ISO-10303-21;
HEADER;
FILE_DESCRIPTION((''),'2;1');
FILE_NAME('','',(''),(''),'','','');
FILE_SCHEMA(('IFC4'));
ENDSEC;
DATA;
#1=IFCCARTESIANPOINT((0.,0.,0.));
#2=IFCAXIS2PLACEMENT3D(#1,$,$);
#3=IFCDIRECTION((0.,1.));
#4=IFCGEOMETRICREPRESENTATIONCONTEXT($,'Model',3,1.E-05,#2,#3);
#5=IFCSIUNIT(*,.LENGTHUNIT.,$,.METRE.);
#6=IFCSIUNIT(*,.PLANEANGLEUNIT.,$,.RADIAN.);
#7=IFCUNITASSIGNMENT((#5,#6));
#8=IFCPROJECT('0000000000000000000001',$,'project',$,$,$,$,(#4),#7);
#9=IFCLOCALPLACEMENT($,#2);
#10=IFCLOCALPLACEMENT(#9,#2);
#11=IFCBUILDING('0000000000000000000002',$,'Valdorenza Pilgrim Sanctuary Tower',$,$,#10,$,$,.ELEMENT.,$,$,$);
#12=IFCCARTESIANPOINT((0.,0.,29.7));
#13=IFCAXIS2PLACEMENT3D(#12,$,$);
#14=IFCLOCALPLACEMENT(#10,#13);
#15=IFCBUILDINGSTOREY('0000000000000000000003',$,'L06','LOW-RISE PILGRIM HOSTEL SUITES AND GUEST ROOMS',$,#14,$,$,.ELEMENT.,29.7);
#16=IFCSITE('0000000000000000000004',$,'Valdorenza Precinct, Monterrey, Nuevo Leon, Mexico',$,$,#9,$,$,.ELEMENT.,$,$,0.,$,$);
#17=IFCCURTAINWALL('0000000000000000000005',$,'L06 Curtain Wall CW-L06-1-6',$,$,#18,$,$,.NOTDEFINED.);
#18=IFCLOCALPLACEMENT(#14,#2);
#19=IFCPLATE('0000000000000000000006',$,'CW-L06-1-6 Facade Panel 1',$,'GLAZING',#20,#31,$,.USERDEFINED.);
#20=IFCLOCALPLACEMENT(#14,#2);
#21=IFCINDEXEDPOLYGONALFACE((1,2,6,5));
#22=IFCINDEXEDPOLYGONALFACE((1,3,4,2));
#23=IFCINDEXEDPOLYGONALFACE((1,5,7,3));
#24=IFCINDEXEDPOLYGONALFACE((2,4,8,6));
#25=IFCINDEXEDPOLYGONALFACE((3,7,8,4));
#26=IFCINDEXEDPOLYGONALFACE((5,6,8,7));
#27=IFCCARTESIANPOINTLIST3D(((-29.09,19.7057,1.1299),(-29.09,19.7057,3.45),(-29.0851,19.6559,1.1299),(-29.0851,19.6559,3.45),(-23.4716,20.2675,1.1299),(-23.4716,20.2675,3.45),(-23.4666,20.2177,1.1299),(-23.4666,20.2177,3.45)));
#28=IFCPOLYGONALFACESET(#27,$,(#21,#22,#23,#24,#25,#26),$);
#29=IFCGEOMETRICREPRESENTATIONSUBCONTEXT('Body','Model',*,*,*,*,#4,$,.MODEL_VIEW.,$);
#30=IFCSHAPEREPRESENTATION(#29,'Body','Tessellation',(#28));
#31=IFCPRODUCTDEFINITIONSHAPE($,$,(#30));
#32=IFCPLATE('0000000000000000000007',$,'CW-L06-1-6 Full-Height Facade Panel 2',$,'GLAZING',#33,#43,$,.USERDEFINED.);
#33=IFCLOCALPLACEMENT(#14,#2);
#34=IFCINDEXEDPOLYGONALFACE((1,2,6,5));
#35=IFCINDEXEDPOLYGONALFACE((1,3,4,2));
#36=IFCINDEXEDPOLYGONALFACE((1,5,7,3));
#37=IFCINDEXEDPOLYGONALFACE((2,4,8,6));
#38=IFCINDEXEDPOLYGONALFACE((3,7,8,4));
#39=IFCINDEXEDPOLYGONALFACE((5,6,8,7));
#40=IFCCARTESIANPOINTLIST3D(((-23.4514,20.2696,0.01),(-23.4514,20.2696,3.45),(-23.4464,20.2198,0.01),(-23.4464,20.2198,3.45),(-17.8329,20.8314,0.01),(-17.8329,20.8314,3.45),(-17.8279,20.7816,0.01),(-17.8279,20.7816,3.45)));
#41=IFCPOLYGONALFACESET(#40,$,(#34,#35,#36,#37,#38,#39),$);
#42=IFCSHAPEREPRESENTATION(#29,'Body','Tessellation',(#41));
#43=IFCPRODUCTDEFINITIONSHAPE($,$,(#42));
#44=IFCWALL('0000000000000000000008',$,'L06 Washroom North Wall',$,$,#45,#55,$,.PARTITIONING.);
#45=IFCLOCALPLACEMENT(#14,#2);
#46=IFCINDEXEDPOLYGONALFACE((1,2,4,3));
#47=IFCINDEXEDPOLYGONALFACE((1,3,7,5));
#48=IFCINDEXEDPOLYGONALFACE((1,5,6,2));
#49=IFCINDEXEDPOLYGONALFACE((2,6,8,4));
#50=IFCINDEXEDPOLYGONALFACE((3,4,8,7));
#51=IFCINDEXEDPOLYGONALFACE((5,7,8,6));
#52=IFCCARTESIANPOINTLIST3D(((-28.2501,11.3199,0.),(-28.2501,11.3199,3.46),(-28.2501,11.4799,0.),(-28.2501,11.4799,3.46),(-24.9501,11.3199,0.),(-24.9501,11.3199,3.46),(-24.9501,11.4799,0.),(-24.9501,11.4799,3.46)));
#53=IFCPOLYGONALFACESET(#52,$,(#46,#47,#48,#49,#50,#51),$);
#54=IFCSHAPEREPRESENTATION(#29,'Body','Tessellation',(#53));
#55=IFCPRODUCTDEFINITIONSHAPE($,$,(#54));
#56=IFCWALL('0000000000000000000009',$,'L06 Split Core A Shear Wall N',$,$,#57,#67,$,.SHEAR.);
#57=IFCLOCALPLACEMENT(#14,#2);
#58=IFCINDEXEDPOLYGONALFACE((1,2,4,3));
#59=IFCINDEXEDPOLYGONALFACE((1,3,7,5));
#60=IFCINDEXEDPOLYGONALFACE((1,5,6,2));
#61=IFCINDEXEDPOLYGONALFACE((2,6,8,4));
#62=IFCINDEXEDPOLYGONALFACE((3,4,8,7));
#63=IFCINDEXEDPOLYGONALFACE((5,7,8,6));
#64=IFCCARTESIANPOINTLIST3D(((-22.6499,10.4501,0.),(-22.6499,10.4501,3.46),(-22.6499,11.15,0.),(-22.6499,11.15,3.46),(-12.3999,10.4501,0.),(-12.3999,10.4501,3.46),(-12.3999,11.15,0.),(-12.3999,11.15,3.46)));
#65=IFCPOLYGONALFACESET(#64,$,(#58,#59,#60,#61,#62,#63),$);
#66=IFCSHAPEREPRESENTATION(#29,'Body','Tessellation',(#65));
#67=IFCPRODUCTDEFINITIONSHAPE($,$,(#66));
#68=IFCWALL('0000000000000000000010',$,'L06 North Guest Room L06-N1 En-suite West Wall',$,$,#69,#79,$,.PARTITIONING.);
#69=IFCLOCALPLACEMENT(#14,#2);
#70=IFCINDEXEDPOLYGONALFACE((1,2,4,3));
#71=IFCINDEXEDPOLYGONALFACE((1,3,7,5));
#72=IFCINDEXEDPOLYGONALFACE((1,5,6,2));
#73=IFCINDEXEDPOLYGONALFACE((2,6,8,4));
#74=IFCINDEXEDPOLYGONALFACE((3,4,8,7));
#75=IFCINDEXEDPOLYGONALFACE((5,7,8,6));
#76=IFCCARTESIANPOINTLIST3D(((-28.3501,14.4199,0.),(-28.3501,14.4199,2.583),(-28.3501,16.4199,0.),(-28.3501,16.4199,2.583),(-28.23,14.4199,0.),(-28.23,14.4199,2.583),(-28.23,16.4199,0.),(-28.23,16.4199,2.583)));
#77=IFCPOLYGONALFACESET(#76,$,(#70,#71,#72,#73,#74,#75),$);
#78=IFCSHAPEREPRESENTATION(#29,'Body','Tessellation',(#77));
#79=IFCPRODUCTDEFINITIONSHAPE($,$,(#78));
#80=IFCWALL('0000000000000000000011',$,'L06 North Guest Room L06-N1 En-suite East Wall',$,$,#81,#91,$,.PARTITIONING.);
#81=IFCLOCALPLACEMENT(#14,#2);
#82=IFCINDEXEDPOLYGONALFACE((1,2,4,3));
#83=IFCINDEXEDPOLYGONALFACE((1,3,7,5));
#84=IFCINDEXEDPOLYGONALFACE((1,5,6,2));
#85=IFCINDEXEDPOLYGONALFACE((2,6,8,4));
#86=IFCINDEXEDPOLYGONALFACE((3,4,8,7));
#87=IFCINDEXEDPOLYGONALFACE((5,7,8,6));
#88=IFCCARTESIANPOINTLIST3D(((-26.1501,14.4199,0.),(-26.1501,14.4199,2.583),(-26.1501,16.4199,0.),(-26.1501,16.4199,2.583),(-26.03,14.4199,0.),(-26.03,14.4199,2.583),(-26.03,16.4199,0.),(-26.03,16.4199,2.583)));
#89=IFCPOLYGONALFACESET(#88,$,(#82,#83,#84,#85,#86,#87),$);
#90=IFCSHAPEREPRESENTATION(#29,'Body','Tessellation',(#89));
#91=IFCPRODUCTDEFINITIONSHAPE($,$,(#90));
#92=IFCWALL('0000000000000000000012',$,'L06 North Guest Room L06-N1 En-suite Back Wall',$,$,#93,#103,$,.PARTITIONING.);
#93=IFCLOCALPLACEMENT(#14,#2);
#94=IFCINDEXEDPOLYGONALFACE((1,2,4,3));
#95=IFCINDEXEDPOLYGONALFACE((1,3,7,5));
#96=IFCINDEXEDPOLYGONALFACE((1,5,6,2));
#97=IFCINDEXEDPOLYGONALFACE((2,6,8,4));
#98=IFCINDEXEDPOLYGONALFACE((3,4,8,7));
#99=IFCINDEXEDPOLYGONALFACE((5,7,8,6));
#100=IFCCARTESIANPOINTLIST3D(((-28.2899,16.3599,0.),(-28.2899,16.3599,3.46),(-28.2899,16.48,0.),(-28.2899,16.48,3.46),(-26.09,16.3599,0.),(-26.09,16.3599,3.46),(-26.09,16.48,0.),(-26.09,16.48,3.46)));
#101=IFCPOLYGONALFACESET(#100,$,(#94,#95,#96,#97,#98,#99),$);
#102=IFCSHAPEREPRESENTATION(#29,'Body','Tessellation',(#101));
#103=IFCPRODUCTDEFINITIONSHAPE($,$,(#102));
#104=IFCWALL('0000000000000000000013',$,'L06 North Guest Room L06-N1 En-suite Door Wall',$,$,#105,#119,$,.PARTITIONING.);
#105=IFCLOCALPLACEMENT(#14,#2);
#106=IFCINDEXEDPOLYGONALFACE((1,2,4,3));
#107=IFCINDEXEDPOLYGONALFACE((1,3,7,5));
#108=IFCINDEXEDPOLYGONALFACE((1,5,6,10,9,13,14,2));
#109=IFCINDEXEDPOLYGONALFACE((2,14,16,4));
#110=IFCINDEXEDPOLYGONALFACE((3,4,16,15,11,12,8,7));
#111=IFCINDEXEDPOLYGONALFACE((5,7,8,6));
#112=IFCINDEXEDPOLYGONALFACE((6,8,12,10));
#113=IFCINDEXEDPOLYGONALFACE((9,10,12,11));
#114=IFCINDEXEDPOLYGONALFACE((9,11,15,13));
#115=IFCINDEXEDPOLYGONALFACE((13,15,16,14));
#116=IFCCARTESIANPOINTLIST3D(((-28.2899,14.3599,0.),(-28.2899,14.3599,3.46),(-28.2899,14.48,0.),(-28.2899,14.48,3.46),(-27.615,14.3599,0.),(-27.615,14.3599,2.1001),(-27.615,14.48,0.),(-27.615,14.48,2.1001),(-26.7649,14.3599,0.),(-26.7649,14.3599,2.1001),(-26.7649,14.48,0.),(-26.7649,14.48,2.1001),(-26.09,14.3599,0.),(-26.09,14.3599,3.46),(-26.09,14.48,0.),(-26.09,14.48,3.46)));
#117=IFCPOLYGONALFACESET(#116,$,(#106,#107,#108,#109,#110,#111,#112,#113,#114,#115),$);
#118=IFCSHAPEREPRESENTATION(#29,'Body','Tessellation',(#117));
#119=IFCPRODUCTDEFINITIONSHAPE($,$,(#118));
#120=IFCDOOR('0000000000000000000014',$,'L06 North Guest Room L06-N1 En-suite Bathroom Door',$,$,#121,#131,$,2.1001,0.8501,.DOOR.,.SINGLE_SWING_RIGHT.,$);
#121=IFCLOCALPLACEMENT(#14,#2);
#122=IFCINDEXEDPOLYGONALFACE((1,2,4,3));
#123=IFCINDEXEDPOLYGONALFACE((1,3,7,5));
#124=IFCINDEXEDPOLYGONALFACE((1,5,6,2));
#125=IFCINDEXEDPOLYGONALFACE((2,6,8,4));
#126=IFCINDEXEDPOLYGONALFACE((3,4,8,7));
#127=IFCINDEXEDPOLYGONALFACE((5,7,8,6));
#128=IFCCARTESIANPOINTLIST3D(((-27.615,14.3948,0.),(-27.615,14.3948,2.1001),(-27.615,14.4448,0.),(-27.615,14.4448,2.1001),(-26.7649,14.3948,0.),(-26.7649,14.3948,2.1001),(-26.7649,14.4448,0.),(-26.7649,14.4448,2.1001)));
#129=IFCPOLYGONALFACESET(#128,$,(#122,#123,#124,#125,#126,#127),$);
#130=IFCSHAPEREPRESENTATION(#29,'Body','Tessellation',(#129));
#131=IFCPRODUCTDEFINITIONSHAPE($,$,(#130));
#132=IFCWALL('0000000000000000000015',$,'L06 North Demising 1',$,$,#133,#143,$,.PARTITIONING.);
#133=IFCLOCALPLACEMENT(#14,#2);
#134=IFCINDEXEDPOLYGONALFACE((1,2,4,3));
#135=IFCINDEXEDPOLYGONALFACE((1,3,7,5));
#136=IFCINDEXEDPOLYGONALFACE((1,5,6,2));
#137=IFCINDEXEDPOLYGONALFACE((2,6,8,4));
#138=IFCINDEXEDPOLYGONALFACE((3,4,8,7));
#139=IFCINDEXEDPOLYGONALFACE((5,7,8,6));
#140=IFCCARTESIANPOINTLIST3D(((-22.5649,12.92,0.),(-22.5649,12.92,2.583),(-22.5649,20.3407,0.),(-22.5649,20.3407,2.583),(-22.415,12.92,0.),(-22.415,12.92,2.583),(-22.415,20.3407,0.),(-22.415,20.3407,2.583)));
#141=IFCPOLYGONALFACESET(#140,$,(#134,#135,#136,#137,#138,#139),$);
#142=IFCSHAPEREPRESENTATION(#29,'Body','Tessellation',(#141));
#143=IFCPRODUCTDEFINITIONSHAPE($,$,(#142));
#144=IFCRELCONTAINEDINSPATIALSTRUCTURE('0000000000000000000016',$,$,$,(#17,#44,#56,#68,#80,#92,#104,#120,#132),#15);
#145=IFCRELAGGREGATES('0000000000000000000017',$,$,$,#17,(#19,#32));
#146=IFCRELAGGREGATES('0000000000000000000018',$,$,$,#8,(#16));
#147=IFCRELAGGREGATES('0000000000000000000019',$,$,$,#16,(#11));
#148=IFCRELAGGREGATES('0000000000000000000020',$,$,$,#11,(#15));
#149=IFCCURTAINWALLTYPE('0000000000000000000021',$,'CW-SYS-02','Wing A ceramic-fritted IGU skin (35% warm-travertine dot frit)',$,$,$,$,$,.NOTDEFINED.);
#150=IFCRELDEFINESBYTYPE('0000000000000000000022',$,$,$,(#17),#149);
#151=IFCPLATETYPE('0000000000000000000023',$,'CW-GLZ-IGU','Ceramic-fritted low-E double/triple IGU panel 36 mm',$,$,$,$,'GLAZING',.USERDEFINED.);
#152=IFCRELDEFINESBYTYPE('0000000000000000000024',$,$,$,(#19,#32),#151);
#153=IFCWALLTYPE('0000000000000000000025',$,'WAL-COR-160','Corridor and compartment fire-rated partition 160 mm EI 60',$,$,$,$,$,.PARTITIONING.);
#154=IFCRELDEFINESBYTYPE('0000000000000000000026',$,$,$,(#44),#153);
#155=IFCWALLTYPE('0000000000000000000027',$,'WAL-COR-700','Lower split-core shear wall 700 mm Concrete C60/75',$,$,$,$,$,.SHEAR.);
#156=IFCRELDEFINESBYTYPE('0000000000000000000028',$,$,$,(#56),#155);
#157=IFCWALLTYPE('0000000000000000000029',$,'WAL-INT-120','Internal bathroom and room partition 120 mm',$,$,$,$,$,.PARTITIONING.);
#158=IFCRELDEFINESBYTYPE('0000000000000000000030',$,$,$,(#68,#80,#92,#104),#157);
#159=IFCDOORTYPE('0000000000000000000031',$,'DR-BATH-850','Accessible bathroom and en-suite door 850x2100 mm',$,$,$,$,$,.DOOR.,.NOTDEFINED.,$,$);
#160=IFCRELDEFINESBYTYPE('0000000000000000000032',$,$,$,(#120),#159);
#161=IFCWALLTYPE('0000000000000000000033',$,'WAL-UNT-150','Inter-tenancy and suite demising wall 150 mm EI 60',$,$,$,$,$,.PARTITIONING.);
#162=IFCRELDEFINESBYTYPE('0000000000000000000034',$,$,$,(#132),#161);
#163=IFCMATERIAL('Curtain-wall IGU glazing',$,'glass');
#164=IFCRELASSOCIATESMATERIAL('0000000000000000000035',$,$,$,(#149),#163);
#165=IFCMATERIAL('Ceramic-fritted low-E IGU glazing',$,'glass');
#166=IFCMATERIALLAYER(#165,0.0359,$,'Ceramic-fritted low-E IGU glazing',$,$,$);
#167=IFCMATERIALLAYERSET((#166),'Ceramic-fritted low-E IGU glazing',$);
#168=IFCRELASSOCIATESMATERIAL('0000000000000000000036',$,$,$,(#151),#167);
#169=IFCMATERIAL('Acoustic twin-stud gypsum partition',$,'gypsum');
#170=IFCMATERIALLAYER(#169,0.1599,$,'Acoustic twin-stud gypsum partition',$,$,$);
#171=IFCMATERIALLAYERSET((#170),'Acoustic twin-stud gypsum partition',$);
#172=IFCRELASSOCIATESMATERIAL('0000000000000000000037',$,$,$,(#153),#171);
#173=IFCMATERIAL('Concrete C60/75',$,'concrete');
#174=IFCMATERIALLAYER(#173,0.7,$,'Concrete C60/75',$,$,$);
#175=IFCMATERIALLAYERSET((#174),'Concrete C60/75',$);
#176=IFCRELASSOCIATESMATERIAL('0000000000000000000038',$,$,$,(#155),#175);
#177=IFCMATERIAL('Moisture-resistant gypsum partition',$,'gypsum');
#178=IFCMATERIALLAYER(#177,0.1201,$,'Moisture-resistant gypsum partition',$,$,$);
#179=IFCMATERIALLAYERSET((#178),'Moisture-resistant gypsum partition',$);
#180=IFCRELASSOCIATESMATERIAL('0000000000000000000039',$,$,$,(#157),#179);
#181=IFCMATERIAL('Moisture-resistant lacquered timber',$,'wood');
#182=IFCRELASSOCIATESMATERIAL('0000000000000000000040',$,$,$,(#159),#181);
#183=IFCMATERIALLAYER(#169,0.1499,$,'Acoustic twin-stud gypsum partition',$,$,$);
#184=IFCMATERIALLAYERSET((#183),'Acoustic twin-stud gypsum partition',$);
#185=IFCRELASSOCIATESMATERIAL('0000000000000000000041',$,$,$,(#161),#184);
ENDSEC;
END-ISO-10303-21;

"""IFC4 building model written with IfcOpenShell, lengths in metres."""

from ifc_helpers import new_model, si_unit, direction, frame, frame_2d, origin, origin_2d, place, context, subcontext, project, spatial, rectangle, extrude, source, transform, mapped, material, layer, layer_set, type_object, element, fill, aggregate, save


model = new_model("IFC4")

# Units and contexts
model_context = context("Model", 3, precision=1e-05, world=origin(), true_north=direction((0.0, 1.0)))
body_context = subcontext(model_context, "Body", "Model", "MODEL_VIEW")
ifc_project = project(units=[si_unit("LENGTHUNIT", "METRE"), si_unit("PLANEANGLEUNIT", "RADIAN")], contexts=[model_context])

# Site, building, storey
site_placement = place(None, origin())
site = spatial("IfcSite", under=ifc_project, at=site_placement, Name="Valdorenza Precinct, Monterrey, Nuevo Leon, Mexico", CompositionType="ELEMENT", RefElevation=0.0)
building_placement = place(site_placement, origin())
building = spatial("IfcBuilding", under=site, at=building_placement, Name="Valdorenza Pilgrim Sanctuary Tower", CompositionType="ELEMENT")
storey_placement = place(building_placement, frame((0.0, 0.0, 29.7)))
storey = spatial("IfcBuildingStorey", under=building, at=storey_placement, Name="L06", Description="LOW-RISE PILGRIM HOSTEL SUITES AND GUEST ROOMS", CompositionType="ELEMENT", Elevation=29.7)

# Shared definitions
ifc_material_1 = material(Name="Concrete C60/75", Category="concrete")

# Curtain wall, plates
ifc_material_2 = material(Name="Curtain-wall IGU glazing", Category="glass")
curtain_wall_type = type_object("IfcCurtainWallType", Name="CW-SYS-02", Description="Wing A ceramic-fritted IGU skin (35% warm-travertine dot frit)", PredefinedType="NOTDEFINED", material=ifc_material_2)
curtain_wall_placement = place(storey_placement, origin())
curtain_wall = element("IfcCurtainWall", 1, at=curtain_wall_placement, inside=storey, type_object=curtain_wall_type, Name="L06 Curtain Wall CW-L06-1-6", PredefinedType="NOTDEFINED")
ifc_material_3 = material(Name="Ceramic-fritted low-E IGU glazing", Category="glass")
ifc_layer_1 = layer(ifc_material_3, 0.0359, Name="Ceramic-fritted low-E IGU glazing")
ifc_layer_set_1 = layer_set([ifc_layer_1], Name="Ceramic-fritted low-E IGU glazing")
plate_type_1 = type_object("IfcPlateType", Name="CW-GLZ-IGU", Description="Ceramic-fritted low-E double/triple IGU panel 36 mm", ElementType="GLAZING", PredefinedType="USERDEFINED", material=ifc_layer_set_1)
shared_shape_1 = source(origin(), body_context, "Body", "SweptSolid", [
    extrude(rectangle(XDim=5.6465, YDim=0.05, at=origin_2d()), origin(), (0.0, 0.0, 1.0), 2.3201),
])
plate_1_placement = place(storey_placement, frame((-26.2783, 19.9617, 1.1299), z_axis=(0.0, 0.0, 1.0), x_axis=(0.995038, 0.099493, 0.0)))
plate_1 = element("IfcPlate", 2, at=plate_1_placement, type_object=plate_type_1, Name="CW-L06-1-6 Facade Panel 1", ObjectType="GLAZING", PredefinedType="USERDEFINED", context=body_context, shape_type="MappedRepresentation", body=[
    mapped(shared_shape_1, transform((0.0, 0.0, 0.0), x_axis=(1.0, 0.0, 0.0), y_axis=(0.0, 1.0, 0.0), z_axis=(0.0, 0.0, 1.0), scale=1.0)),
])
shared_shape_2 = source(origin(), body_context, "Body", "SweptSolid", [
    extrude(rectangle(XDim=5.6465, YDim=0.05, at=origin_2d()), origin(), (0.0, 0.0, 1.0), 3.4399),
])
plate_2_placement = place(storey_placement, frame((-20.6396, 20.5256, 0.01), z_axis=(0.0, 0.0, 1.0), x_axis=(0.995038, 0.099493, 0.0)))
plate_2 = element("IfcPlate", 3, at=plate_2_placement, type_object=plate_type_1, Name="CW-L06-1-6 Full-Height Facade Panel 2", ObjectType="GLAZING", PredefinedType="USERDEFINED", context=body_context, shape_type="MappedRepresentation", body=[
    mapped(shared_shape_2, transform((0.0, 0.0, 0.0), x_axis=(1.0, 0.0, 0.0), y_axis=(0.0, 1.0, 0.0), z_axis=(0.0, 0.0, 1.0), scale=1.0)),
])
aggregate(curtain_wall, [plate_1, plate_2])

# Walls
ifc_material_4 = material(Name="Acoustic twin-stud gypsum partition", Category="gypsum")
ifc_layer_2 = layer(ifc_material_4, 0.1599, Name="Acoustic twin-stud gypsum partition")
ifc_layer_set_2 = layer_set([ifc_layer_2], Name="Acoustic twin-stud gypsum partition")
wall_type_1 = type_object("IfcWallType", Name="WAL-COR-160", Description="Corridor and compartment fire-rated partition 160 mm EI 60", PredefinedType="PARTITIONING", material=ifc_layer_set_2)
wall_1_placement = place(storey_placement, frame((-28.25, 11.3999, 0.0), z_axis=(0.0, 0.0, 1.0), x_axis=(1.0, 0.0, 0.0)))
element("IfcWall", 4, at=wall_1_placement, inside=storey, type_object=wall_type_1, Name="L06 Washroom North Wall", PredefinedType="PARTITIONING", context=body_context, shape_type="SweptSolid", body=[
    extrude(rectangle(XDim=3.3, YDim=0.1599, at=frame_2d((1.6499, 0.0))), origin(), (0.0, 0.0, 1.0), 3.46),
])
ifc_layer_3 = layer(ifc_material_1, 0.7, Name="Concrete C60/75")
ifc_layer_set_3 = layer_set([ifc_layer_3], Name="Concrete C60/75")
wall_type_2 = type_object("IfcWallType", Name="WAL-COR-700", Description="Lower split-core shear wall 700 mm Concrete C60/75", PredefinedType="SHEAR", material=ifc_layer_set_3)
wall_2_placement = place(storey_placement, frame((-22.6499, 10.8, 0.0), z_axis=(0.0, 0.0, 1.0), x_axis=(1.0, 0.0, 0.0)))
element("IfcWall", 5, at=wall_2_placement, inside=storey, type_object=wall_type_2, Name="L06 Split Core A Shear Wall N", PredefinedType="SHEAR", context=body_context, shape_type="SweptSolid", body=[
    extrude(rectangle(XDim=10.25, YDim=0.7, at=frame_2d((5.125, 0.0))), origin(), (0.0, 0.0, 1.0), 3.46),
])
ifc_material_5 = material(Name="Moisture-resistant gypsum partition", Category="gypsum")
ifc_layer_4 = layer(ifc_material_5, 0.1201, Name="Moisture-resistant gypsum partition")
ifc_layer_set_4 = layer_set([ifc_layer_4], Name="Moisture-resistant gypsum partition")
wall_type_3 = type_object("IfcWallType", Name="WAL-INT-120", Description="Internal bathroom and room partition 120 mm", PredefinedType="PARTITIONING", material=ifc_layer_set_4)
for number, where, z_axis, x_axis, name in (
    (6, (-28.29, 14.4199, 0.0), (0.0, 0.0, 1.0), (0.0, 1.0, 0.0), "L06 North Guest Room L06-N1 En-suite West Wall"),
    (7, (-26.0901, 14.4199, 0.0), (0.0, 0.0, 1.0), (0.0, 1.0, 0.0), "L06 North Guest Room L06-N1 En-suite East Wall"),
):
    element("IfcWall", number, at=place(storey_placement, frame(where, z_axis=z_axis, x_axis=x_axis)), inside=storey, type_object=wall_type_3, Name=name, PredefinedType="PARTITIONING", context=body_context, shape_type="SweptSolid", body=[
        extrude(rectangle(XDim=2.0, YDim=0.1201, at=frame_2d((1.0, 0.0))), origin(), (0.0, 0.0, 1.0), 2.583),
    ])
wall_3_placement = place(storey_placement, frame((-28.29, 16.4199, 0.0), z_axis=(0.0, 0.0, 1.0), x_axis=(1.0, 0.0, 0.0)))
element("IfcWall", 8, at=wall_3_placement, inside=storey, type_object=wall_type_3, Name="L06 North Guest Room L06-N1 En-suite Back Wall", PredefinedType="PARTITIONING", context=body_context, shape_type="SweptSolid", body=[
    extrude(rectangle(XDim=2.2, YDim=0.1201, at=frame_2d((1.1001, 0.0))), origin(), (0.0, 0.0, 1.0), 3.46),
])

# Wall, opening, door
wall_4_placement = place(storey_placement, frame((-28.29, 14.4199, 0.0), z_axis=(0.0, 0.0, 1.0), x_axis=(1.0, 0.0, 0.0)))
wall_4 = element("IfcWall", 9, at=wall_4_placement, inside=storey, type_object=wall_type_3, Name="L06 North Guest Room L06-N1 En-suite Door Wall", PredefinedType="PARTITIONING", context=body_context, shape_type="SweptSolid", body=[
    extrude(rectangle(XDim=2.2, YDim=0.1201, at=frame_2d((1.1001, 0.0))), origin(), (0.0, 0.0, 1.0), 3.46),
])
opening_placement = place(wall_4_placement, frame((0.675, 0.0, 0.0)))
opening = element("IfcOpeningElement", 10, at=opening_placement, cuts=wall_4, PredefinedType="OPENING", context=body_context, shape_type="SweptSolid", body=[
    extrude(rectangle(XDim=0.8501, YDim=2.1001, at=frame_2d((0.425, 1.05))), frame((0.0, 0.075, 0.0), z_axis=(0.0, -1.0, 0.0), x_axis=(1.0, 0.0, 0.0)), (0.0, 0.0, 1.0), 0.1499),
])
ifc_material_6 = material(Name="Moisture-resistant lacquered timber", Category="wood")
door_type = type_object("IfcDoorType", Name="DR-BATH-850", Description="Accessible bathroom and en-suite door 850x2100 mm", OperationType="NOTDEFINED", PredefinedType="DOOR", material=ifc_material_6)
door_placement = place(opening_placement, origin())
door = element("IfcDoor", 11, at=door_placement, inside=storey, type_object=door_type, Name="L06 North Guest Room L06-N1 En-suite Bathroom Door", OperationType="SINGLE_SWING_RIGHT", OverallHeight=2.1001, OverallWidth=0.8501, PredefinedType="DOOR", context=body_context, shape_type="SweptSolid", body=[
    extrude(rectangle(XDim=0.8501, YDim=2.1001, at=frame_2d((0.425, 1.05))), frame((0.0, 0.0249, 0.0), z_axis=(0.0, -1.0, 0.0), x_axis=(1.0, 0.0, 0.0)), (0.0, 0.0, 1.0), 0.05),
])
fill(opening, door)

# Wall
ifc_layer_5 = layer(ifc_material_4, 0.1499, Name="Acoustic twin-stud gypsum partition")
ifc_layer_set_5 = layer_set([ifc_layer_5], Name="Acoustic twin-stud gypsum partition")
wall_type_4 = type_object("IfcWallType", Name="WAL-UNT-150", Description="Inter-tenancy and suite demising wall 150 mm EI 60", PredefinedType="PARTITIONING", material=ifc_layer_set_5)
wall_5_placement = place(storey_placement, frame((-22.49, 12.9199, 0.0), z_axis=(0.0, 0.0, 1.0), x_axis=(0.0, 1.0, 0.0)))
element("IfcWall", 12, at=wall_5_placement, inside=storey, type_object=wall_type_4, Name="L06 North Demising 1", PredefinedType="PARTITIONING", context=body_context, shape_type="SweptSolid", body=[
    extrude(rectangle(XDim=7.4207, YDim=0.1499, at=frame_2d((3.7104, 0.0))), origin(), (0.0, 0.0, 1.0), 2.583),
])

save(model, "model.ifc")
